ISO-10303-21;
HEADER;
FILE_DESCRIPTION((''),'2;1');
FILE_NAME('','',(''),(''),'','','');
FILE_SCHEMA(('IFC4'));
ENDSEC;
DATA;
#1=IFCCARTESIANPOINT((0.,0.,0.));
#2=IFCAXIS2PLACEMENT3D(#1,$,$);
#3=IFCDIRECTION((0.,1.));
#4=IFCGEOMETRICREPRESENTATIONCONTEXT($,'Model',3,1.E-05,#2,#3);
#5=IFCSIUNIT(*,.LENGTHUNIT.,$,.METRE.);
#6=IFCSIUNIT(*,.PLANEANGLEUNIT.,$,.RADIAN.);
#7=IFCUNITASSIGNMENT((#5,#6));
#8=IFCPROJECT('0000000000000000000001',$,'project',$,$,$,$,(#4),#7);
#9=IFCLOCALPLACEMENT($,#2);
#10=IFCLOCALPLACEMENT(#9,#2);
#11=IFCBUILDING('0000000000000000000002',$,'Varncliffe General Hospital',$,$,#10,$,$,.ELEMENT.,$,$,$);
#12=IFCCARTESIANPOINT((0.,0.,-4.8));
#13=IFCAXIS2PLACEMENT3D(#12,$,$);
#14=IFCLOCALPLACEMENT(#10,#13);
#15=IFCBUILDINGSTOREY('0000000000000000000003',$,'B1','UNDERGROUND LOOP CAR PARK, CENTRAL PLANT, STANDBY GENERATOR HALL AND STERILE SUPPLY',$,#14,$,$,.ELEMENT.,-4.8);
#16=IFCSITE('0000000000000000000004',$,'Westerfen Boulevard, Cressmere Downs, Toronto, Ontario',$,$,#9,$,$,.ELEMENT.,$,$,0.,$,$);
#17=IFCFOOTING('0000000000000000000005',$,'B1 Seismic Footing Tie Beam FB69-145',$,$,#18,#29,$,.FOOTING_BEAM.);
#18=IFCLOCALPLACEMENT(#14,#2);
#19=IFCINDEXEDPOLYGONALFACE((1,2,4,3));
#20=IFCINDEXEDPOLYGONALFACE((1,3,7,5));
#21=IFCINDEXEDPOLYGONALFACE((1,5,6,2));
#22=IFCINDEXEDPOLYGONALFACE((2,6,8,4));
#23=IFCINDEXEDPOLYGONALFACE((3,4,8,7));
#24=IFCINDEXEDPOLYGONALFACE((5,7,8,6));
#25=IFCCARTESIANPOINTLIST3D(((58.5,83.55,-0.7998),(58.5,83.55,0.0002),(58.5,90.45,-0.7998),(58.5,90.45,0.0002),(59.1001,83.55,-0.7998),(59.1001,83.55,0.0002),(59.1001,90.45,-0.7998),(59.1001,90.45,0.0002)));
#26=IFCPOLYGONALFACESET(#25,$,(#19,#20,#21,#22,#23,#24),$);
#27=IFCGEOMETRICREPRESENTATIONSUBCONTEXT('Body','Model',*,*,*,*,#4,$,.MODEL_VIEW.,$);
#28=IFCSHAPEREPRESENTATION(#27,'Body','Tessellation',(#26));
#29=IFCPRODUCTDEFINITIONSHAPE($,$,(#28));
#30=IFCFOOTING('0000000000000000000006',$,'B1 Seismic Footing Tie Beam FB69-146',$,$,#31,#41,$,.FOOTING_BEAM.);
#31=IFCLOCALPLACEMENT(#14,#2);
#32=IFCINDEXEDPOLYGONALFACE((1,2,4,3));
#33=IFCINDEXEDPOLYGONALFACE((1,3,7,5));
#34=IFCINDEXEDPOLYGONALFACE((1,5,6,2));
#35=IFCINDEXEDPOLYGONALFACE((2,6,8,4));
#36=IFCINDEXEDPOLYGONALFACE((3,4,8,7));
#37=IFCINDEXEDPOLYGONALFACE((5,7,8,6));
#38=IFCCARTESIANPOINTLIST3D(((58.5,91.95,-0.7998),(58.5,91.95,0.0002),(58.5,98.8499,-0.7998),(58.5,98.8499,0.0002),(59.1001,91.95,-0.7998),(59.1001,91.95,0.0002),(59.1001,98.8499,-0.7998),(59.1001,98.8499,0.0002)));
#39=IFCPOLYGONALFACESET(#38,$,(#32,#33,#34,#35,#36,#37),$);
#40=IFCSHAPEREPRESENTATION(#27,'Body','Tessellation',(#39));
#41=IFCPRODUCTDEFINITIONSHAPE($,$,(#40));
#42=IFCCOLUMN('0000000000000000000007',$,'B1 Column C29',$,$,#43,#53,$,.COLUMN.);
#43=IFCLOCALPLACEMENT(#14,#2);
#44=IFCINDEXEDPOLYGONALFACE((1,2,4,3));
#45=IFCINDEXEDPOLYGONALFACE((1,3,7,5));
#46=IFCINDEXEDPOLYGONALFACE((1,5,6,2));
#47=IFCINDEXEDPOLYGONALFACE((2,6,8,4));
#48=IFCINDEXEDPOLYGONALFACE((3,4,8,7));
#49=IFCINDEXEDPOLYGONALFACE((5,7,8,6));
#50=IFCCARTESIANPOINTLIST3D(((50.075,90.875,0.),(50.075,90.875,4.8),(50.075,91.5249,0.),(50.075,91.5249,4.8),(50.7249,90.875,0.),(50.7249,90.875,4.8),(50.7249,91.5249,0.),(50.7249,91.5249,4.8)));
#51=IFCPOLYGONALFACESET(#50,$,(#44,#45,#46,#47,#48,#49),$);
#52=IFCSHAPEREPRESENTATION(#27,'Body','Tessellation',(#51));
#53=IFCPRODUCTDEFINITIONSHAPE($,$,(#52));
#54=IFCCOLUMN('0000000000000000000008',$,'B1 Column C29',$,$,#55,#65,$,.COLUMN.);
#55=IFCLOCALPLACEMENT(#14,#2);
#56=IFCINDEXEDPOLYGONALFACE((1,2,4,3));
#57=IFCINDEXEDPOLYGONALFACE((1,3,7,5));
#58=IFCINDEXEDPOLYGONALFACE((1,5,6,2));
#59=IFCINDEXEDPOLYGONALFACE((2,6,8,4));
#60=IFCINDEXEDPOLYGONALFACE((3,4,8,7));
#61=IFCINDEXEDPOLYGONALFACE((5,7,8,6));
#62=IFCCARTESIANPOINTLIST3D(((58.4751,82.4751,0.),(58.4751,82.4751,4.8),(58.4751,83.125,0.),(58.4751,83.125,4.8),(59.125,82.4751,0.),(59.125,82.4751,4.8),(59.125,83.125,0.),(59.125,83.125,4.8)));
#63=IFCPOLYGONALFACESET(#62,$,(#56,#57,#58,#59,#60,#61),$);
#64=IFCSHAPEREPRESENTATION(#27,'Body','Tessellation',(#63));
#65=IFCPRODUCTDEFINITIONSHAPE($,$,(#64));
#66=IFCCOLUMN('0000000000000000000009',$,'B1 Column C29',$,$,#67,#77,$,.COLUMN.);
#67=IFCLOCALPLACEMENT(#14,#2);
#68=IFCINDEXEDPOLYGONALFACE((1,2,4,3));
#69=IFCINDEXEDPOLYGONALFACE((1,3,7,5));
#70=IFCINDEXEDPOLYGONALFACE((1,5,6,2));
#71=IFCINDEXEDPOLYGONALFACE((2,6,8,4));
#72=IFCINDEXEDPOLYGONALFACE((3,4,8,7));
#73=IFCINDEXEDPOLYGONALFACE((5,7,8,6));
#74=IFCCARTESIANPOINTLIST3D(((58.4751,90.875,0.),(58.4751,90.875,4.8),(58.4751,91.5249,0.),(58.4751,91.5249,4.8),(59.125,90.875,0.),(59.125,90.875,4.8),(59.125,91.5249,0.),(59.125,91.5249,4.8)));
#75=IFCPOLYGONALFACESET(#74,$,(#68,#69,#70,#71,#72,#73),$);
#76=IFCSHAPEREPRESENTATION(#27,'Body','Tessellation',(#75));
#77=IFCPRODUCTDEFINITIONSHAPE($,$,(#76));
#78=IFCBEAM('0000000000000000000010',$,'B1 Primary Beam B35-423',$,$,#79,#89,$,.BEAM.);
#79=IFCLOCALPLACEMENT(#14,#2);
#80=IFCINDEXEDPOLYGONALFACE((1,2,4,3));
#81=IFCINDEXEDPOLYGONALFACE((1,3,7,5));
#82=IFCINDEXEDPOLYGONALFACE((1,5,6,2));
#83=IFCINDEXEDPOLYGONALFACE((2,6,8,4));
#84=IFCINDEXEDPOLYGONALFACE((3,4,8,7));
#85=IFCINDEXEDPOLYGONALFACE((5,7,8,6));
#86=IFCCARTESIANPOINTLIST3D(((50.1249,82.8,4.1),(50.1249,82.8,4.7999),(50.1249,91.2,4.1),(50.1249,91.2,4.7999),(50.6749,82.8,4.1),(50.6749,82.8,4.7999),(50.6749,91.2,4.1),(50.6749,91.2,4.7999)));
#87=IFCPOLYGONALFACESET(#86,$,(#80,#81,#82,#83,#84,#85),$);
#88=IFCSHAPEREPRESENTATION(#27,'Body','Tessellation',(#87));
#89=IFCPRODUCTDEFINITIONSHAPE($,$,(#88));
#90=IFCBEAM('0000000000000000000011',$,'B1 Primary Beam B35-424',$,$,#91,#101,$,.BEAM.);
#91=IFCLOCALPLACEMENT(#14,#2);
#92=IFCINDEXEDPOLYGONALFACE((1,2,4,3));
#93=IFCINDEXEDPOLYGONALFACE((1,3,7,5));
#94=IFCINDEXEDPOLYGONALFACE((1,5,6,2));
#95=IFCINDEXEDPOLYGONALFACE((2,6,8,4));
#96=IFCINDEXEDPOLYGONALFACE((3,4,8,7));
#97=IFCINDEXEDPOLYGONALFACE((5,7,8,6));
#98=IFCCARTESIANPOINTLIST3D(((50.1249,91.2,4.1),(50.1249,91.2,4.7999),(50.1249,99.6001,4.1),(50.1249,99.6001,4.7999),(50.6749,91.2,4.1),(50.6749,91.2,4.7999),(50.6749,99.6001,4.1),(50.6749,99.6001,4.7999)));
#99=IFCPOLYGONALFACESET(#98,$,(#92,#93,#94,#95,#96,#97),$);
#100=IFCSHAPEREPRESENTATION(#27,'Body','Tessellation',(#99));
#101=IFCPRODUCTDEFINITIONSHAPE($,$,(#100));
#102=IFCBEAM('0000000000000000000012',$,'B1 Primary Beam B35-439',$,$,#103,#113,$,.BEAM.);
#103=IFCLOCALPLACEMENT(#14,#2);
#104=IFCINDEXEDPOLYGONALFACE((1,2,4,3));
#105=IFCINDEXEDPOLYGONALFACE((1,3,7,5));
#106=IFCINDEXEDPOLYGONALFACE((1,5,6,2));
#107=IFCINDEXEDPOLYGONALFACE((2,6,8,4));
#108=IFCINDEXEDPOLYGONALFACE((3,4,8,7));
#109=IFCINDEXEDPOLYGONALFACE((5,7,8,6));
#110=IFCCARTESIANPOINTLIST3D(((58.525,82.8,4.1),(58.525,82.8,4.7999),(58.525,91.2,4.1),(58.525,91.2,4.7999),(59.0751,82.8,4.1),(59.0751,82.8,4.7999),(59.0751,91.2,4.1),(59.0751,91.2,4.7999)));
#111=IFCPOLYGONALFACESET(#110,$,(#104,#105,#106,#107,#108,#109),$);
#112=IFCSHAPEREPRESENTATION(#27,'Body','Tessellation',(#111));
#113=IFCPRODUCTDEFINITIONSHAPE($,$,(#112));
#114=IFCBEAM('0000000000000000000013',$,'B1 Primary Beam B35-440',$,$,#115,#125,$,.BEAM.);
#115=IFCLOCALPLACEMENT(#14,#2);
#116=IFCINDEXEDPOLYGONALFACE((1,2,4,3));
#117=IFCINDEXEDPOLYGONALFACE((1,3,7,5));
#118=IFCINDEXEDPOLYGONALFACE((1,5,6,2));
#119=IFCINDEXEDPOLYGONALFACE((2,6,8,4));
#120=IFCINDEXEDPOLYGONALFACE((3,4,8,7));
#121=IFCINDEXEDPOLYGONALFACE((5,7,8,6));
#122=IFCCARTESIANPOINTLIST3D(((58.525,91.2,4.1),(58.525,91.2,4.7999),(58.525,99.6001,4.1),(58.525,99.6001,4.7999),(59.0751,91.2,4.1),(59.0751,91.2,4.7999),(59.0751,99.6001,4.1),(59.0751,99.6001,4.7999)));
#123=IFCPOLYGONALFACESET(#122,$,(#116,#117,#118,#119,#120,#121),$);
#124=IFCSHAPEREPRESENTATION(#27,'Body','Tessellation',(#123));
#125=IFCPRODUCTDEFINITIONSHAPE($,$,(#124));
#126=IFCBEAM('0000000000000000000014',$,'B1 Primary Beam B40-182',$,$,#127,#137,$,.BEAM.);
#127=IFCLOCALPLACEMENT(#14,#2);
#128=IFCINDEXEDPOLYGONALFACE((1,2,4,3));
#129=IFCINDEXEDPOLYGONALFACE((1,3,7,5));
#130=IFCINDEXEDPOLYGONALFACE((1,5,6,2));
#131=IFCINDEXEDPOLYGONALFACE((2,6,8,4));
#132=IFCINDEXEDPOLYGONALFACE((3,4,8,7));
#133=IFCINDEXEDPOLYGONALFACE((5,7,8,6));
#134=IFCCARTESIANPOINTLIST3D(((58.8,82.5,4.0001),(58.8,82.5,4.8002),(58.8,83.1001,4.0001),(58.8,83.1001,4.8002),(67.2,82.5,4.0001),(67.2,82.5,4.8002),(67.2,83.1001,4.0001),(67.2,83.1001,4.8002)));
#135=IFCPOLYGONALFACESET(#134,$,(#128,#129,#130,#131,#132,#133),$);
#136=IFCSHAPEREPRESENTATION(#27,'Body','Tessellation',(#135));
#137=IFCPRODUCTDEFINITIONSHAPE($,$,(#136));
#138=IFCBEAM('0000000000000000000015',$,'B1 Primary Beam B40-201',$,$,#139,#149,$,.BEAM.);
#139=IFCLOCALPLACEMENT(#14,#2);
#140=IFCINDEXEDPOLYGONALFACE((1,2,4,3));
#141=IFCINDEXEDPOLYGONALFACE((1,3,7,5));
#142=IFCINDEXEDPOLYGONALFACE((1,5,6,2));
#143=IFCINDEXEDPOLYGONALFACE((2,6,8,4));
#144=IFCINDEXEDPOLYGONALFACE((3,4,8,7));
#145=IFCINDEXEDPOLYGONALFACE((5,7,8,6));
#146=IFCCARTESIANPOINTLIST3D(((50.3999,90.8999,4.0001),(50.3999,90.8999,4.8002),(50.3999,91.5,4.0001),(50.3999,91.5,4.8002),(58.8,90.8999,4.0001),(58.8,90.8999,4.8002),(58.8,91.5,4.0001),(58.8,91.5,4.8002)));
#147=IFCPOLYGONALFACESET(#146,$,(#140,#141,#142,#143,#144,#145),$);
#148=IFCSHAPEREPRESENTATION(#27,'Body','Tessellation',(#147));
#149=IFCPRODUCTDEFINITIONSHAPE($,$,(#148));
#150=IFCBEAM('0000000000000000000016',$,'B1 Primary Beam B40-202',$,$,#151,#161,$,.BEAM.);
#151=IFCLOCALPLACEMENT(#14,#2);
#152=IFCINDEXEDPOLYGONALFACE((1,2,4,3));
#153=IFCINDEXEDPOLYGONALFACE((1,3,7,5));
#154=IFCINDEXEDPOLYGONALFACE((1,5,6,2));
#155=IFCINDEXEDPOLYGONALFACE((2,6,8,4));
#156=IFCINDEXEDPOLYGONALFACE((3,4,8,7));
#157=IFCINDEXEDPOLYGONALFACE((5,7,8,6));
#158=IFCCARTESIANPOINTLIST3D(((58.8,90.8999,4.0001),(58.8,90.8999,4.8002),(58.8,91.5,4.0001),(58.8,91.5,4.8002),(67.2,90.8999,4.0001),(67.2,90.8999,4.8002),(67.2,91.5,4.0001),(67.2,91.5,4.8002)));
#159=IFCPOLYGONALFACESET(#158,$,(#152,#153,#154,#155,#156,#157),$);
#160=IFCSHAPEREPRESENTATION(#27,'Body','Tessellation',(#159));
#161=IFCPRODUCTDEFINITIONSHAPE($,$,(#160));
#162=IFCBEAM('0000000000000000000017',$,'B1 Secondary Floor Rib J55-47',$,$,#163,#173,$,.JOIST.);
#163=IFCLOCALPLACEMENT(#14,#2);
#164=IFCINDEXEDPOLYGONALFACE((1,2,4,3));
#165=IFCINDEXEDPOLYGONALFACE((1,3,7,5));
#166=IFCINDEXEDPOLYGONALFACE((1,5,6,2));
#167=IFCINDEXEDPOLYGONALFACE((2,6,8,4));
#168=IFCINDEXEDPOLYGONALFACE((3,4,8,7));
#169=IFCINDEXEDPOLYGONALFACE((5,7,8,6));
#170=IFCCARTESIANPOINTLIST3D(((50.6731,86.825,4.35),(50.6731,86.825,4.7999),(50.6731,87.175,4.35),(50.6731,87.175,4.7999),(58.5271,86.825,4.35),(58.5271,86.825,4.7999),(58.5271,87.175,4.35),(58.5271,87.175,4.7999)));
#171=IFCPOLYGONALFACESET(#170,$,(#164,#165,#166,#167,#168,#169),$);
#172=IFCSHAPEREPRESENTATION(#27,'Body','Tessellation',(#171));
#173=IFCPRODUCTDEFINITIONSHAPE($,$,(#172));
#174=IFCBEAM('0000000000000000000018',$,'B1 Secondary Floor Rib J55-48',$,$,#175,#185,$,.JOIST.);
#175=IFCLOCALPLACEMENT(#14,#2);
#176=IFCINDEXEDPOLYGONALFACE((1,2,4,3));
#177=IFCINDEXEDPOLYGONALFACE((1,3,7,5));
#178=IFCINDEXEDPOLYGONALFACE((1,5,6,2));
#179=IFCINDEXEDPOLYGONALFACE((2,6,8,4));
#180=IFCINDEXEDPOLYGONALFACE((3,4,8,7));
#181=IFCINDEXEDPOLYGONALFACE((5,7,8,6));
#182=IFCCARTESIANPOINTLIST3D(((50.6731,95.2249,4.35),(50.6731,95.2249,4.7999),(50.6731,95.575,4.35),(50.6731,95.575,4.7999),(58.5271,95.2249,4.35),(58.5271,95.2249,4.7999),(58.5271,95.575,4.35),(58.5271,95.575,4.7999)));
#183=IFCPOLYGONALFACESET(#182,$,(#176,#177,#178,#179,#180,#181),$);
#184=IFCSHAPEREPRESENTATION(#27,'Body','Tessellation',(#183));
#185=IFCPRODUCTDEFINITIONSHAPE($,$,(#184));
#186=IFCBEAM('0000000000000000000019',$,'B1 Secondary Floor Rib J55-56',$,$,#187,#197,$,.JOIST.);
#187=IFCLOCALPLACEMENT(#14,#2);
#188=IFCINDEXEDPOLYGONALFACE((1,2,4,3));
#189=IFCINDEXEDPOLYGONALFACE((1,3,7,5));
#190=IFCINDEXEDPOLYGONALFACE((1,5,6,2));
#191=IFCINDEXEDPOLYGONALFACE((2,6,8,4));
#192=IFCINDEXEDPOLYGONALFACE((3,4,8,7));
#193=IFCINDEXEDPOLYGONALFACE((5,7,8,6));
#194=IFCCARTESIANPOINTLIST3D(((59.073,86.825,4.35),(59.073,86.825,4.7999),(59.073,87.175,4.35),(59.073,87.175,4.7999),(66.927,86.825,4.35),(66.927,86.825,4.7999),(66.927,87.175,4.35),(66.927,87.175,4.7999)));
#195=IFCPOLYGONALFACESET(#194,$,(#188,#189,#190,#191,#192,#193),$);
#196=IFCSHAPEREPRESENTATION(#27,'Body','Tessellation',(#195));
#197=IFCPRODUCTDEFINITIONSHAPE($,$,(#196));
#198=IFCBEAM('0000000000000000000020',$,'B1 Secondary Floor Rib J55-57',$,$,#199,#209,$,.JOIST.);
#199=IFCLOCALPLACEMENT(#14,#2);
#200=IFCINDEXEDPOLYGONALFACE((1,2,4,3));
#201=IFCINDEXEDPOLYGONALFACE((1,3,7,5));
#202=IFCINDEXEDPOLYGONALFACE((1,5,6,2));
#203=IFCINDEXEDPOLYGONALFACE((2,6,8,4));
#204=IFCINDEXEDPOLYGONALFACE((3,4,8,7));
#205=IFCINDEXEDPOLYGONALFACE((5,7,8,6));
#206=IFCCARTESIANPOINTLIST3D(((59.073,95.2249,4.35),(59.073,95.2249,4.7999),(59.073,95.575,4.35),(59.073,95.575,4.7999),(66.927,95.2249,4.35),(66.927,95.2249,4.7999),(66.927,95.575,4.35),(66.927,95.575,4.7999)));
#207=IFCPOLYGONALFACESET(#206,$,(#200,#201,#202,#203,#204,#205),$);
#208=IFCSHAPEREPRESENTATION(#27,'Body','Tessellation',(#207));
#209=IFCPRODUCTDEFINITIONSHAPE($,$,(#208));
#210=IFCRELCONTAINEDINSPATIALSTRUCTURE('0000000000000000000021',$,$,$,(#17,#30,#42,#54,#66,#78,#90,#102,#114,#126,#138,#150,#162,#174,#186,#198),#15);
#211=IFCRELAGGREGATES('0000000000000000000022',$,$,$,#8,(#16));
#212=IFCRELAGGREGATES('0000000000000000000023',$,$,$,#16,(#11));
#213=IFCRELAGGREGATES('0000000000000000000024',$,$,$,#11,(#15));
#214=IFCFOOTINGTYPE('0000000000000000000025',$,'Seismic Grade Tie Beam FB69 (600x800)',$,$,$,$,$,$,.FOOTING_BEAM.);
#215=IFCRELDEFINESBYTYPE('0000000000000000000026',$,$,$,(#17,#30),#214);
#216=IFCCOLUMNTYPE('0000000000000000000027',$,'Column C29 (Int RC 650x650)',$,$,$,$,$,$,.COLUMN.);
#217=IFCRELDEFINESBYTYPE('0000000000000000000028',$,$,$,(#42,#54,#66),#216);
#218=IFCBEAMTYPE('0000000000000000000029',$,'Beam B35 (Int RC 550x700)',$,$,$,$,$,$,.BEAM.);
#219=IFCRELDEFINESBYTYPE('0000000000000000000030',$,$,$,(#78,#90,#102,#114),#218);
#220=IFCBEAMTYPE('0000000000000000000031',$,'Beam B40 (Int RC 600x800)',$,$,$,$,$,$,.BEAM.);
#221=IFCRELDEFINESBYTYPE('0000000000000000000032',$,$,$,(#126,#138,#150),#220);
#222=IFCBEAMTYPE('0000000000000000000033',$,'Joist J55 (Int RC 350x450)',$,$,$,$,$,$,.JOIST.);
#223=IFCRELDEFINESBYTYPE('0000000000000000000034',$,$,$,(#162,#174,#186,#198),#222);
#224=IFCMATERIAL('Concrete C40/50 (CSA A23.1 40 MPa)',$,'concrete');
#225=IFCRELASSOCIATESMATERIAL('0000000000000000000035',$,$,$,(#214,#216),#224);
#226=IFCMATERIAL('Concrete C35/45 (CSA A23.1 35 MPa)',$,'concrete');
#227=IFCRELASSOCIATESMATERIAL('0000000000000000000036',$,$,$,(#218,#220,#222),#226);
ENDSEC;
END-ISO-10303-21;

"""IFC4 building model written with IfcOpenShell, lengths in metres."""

from ifc_helpers import new_model, si_unit, direction, frame, origin, origin_2d, place, context, subcontext, project, spatial, rectangle, extrude, material, material_profile, profile_set, type_object, element, save


model = new_model("IFC4")

# Units and contexts
model_context = context("Model", 3, precision=1e-05, world=origin(), true_north=direction((0.0, 1.0)))
body_context = subcontext(model_context, "Body", "Model", "MODEL_VIEW")
ifc_project = project(units=[si_unit("LENGTHUNIT", "METRE"), si_unit("PLANEANGLEUNIT", "RADIAN")], contexts=[model_context])

# Site, building, storey
site_placement = place(None, origin())
site = spatial("IfcSite", under=ifc_project, at=site_placement, Name="Westerfen Boulevard, Cressmere Downs, Toronto, Ontario", CompositionType="ELEMENT", RefElevation=0.0)
building_placement = place(site_placement, origin())
building = spatial("IfcBuilding", under=site, at=building_placement, Name="Varncliffe General Hospital", CompositionType="ELEMENT")
storey_placement = place(building_placement, frame((0.0, 0.0, -4.8)))
storey = spatial("IfcBuildingStorey", under=building, at=storey_placement, Name="B1", Description="UNDERGROUND LOOP CAR PARK, CENTRAL PLANT, STANDBY GENERATOR HALL AND STERILE SUPPLY", CompositionType="ELEMENT", Elevation=-4.8)

# Shared definitions
ifc_material_1 = material(Name="Concrete C40/50 (CSA A23.1 40 MPa)", Category="concrete")

# Footings
footing_type_1 = type_object("IfcFootingType", Name="Seismic Grade Tie Beam FB69 (600x800)", PredefinedType="FOOTING_BEAM", material=ifc_material_1)
for number, where, z_axis, x_axis, name in (
    (1, (58.8, 87.0, -0.7998), (0.0, 0.0, 1.0), (1.0, 0.0, 0.0), "B1 Seismic Footing Tie Beam FB69-145"),
    (2, (58.8, 95.3999, -0.7998), (0.0, 0.0, 1.0), (1.0, 0.0, 0.0), "B1 Seismic Footing Tie Beam FB69-146"),
):
    element("IfcFooting", number, at=place(storey_placement, frame(where, z_axis=z_axis, x_axis=x_axis)), inside=storey, type_object=footing_type_1, Name=name, PredefinedType="FOOTING_BEAM", context=body_context, shape_type="SweptSolid", body=[
        extrude(rectangle(XDim=0.6001, YDim=6.8999, at=origin_2d()), origin(), (0.0, 0.0, 1.0), 0.8),
    ])

# Columns
ifc_material_profile_1 = material_profile(ifc_material_1, rectangle(XDim=0.6499, YDim=0.6499, at=origin_2d()), Name="RC 650x650")
ifc_profile_set_1 = profile_set([ifc_material_profile_1], Name="Concrete C40/50 (CSA A23.1 40 MPa)")
column_type = type_object("IfcColumnType", Name="Column C29 (Int RC 650x650)", PredefinedType="COLUMN", material=ifc_profile_set_1)
for number, where, z_axis, x_axis, name in (
    (3, (50.3999, 91.2, 0.0), (0.0, 0.0, 1.0), (1.0, 0.0, 0.0), "B1 Column C29"),
    (4, (58.8, 82.8, 0.0), (0.0, 0.0, 1.0), (1.0, 0.0, 0.0), "B1 Column C29"),
    (5, (58.8, 91.2, 0.0), (0.0, 0.0, 1.0), (1.0, 0.0, 0.0), "B1 Column C29"),
):
    element("IfcColumn", number, at=place(storey_placement, frame(where, z_axis=z_axis, x_axis=x_axis)), inside=storey, type_object=column_type, Name=name, PredefinedType="COLUMN", context=body_context, shape_type="SweptSolid", body=[
        extrude(rectangle(XDim=0.6499, YDim=0.6499, at=origin_2d()), origin(), (0.0, 0.0, 1.0), 4.8),
    ])

# Beams
ifc_material_2 = material(Name="Concrete C35/45 (CSA A23.1 35 MPa)", Category="concrete")
ifc_material_profile_2 = material_profile(ifc_material_2, rectangle(XDim=0.55, YDim=0.7, at=origin_2d()), Name="RC 550x700")
ifc_profile_set_2 = profile_set([ifc_material_profile_2], Name="Concrete C35/45 (CSA A23.1 35 MPa)")
beam_type_1 = type_object("IfcBeamType", Name="Beam B35 (Int RC 550x700)", PredefinedType="BEAM", material=ifc_profile_set_2)
beam_1_placement = place(storey_placement, frame((50.3999, 82.8, 4.45), z_axis=(0.0, 1.0, 0.0), x_axis=(-1.0, 0.0, 0.0)))
element("IfcBeam", 6, at=beam_1_placement, inside=storey, type_object=beam_type_1, Name="B1 Primary Beam B35-423", PredefinedType="BEAM", context=body_context, shape_type="SweptSolid", body=[
    extrude(rectangle(XDim=0.55, YDim=0.7, at=origin_2d()), origin(), (0.0, 0.0, 1.0), 8.3999),
])
beam_2_placement = place(storey_placement, frame((50.3999, 91.2, 4.45), z_axis=(0.0, 1.0, 0.0), x_axis=(-1.0, 0.0, 0.0)))
element("IfcBeam", 7, at=beam_2_placement, inside=storey, type_object=beam_type_1, Name="B1 Primary Beam B35-424", PredefinedType="BEAM", context=body_context, shape_type="SweptSolid", body=[
    extrude(rectangle(XDim=0.55, YDim=0.7, at=origin_2d()), origin(), (0.0, 0.0, 1.0), 8.4001),
])
beam_3_placement = place(storey_placement, frame((58.8, 82.8, 4.45), z_axis=(0.0, 1.0, 0.0), x_axis=(-1.0, 0.0, 0.0)))
element("IfcBeam", 8, at=beam_3_placement, inside=storey, type_object=beam_type_1, Name="B1 Primary Beam B35-439", PredefinedType="BEAM", context=body_context, shape_type="SweptSolid", body=[
    extrude(rectangle(XDim=0.55, YDim=0.7, at=origin_2d()), origin(), (0.0, 0.0, 1.0), 8.3999),
])
beam_4_placement = place(storey_placement, frame((58.8, 91.2, 4.45), z_axis=(0.0, 1.0, 0.0), x_axis=(-1.0, 0.0, 0.0)))
element("IfcBeam", 9, at=beam_4_placement, inside=storey, type_object=beam_type_1, Name="B1 Primary Beam B35-440", PredefinedType="BEAM", context=body_context, shape_type="SweptSolid", body=[
    extrude(rectangle(XDim=0.55, YDim=0.7, at=origin_2d()), origin(), (0.0, 0.0, 1.0), 8.4001),
])
ifc_material_profile_3 = material_profile(ifc_material_2, rectangle(XDim=0.6001, YDim=0.8, at=origin_2d()), Name="RC 600x800")
ifc_profile_set_3 = profile_set([ifc_material_profile_3], Name="Concrete C35/45 (CSA A23.1 35 MPa)")
beam_type_2 = type_object("IfcBeamType", Name="Beam B40 (Int RC 600x800)", PredefinedType="BEAM", material=ifc_profile_set_3)
beam_5_placement = place(storey_placement, frame((58.8, 82.8, 4.4001), z_axis=(1.0, 0.0, 0.0), x_axis=(0.0, 1.0, 0.0)))
element("IfcBeam", 10, at=beam_5_placement, inside=storey, type_object=beam_type_2, Name="B1 Primary Beam B40-182", PredefinedType="BEAM", context=body_context, shape_type="SweptSolid", body=[
    extrude(rectangle(XDim=0.6001, YDim=0.8, at=origin_2d()), origin(), (0.0, 0.0, 1.0), 8.3999),
])
beam_6_placement = place(storey_placement, frame((50.3999, 91.2, 4.4001), z_axis=(1.0, 0.0, 0.0), x_axis=(0.0, 1.0, 0.0)))
element("IfcBeam", 11, at=beam_6_placement, inside=storey, type_object=beam_type_2, Name="B1 Primary Beam B40-201", PredefinedType="BEAM", context=body_context, shape_type="SweptSolid", body=[
    extrude(rectangle(XDim=0.6001, YDim=0.8, at=origin_2d()), origin(), (0.0, 0.0, 1.0), 8.4001),
])
beam_7_placement = place(storey_placement, frame((58.8, 91.2, 4.4001), z_axis=(1.0, 0.0, 0.0), x_axis=(0.0, 1.0, 0.0)))
element("IfcBeam", 12, at=beam_7_placement, inside=storey, type_object=beam_type_2, Name="B1 Primary Beam B40-202", PredefinedType="BEAM", context=body_context, shape_type="SweptSolid", body=[
    extrude(rectangle(XDim=0.6001, YDim=0.8, at=origin_2d()), origin(), (0.0, 0.0, 1.0), 8.3999),
])
ifc_material_profile_4 = material_profile(ifc_material_2, rectangle(XDim=0.3501, YDim=0.45, at=origin_2d()), Name="RC 350x450")
ifc_profile_set_4 = profile_set([ifc_material_profile_4], Name="Concrete C35/45 (CSA A23.1 35 MPa)")
beam_type_3 = type_object("IfcBeamType", Name="Joist J55 (Int RC 350x450)", PredefinedType="JOIST", material=ifc_profile_set_4)
for number, where, z_axis, x_axis, name in (
    (13, (50.6731, 87.0, 4.575), (1.0, 0.0, 0.0), (0.0, 1.0, 0.0), "B1 Secondary Floor Rib J55-47"),
    (14, (50.6731, 95.3999, 4.575), (1.0, 0.0, 0.0), (0.0, 1.0, 0.0), "B1 Secondary Floor Rib J55-48"),
    (15, (59.073, 87.0, 4.575), (1.0, 0.0, 0.0), (0.0, 1.0, 0.0), "B1 Secondary Floor Rib J55-56"),
    (16, (59.073, 95.3999, 4.575), (1.0, 0.0, 0.0), (0.0, 1.0, 0.0), "B1 Secondary Floor Rib J55-57"),
):
    element("IfcBeam", number, at=place(storey_placement, frame(where, z_axis=z_axis, x_axis=x_axis)), inside=storey, type_object=beam_type_3, Name=name, PredefinedType="JOIST", context=body_context, shape_type="SweptSolid", body=[
        extrude(rectangle(XDim=0.3501, YDim=0.45, at=origin_2d()), origin(), (0.0, 0.0, 1.0), 7.854),
    ])

save(model, "model.ifc")
